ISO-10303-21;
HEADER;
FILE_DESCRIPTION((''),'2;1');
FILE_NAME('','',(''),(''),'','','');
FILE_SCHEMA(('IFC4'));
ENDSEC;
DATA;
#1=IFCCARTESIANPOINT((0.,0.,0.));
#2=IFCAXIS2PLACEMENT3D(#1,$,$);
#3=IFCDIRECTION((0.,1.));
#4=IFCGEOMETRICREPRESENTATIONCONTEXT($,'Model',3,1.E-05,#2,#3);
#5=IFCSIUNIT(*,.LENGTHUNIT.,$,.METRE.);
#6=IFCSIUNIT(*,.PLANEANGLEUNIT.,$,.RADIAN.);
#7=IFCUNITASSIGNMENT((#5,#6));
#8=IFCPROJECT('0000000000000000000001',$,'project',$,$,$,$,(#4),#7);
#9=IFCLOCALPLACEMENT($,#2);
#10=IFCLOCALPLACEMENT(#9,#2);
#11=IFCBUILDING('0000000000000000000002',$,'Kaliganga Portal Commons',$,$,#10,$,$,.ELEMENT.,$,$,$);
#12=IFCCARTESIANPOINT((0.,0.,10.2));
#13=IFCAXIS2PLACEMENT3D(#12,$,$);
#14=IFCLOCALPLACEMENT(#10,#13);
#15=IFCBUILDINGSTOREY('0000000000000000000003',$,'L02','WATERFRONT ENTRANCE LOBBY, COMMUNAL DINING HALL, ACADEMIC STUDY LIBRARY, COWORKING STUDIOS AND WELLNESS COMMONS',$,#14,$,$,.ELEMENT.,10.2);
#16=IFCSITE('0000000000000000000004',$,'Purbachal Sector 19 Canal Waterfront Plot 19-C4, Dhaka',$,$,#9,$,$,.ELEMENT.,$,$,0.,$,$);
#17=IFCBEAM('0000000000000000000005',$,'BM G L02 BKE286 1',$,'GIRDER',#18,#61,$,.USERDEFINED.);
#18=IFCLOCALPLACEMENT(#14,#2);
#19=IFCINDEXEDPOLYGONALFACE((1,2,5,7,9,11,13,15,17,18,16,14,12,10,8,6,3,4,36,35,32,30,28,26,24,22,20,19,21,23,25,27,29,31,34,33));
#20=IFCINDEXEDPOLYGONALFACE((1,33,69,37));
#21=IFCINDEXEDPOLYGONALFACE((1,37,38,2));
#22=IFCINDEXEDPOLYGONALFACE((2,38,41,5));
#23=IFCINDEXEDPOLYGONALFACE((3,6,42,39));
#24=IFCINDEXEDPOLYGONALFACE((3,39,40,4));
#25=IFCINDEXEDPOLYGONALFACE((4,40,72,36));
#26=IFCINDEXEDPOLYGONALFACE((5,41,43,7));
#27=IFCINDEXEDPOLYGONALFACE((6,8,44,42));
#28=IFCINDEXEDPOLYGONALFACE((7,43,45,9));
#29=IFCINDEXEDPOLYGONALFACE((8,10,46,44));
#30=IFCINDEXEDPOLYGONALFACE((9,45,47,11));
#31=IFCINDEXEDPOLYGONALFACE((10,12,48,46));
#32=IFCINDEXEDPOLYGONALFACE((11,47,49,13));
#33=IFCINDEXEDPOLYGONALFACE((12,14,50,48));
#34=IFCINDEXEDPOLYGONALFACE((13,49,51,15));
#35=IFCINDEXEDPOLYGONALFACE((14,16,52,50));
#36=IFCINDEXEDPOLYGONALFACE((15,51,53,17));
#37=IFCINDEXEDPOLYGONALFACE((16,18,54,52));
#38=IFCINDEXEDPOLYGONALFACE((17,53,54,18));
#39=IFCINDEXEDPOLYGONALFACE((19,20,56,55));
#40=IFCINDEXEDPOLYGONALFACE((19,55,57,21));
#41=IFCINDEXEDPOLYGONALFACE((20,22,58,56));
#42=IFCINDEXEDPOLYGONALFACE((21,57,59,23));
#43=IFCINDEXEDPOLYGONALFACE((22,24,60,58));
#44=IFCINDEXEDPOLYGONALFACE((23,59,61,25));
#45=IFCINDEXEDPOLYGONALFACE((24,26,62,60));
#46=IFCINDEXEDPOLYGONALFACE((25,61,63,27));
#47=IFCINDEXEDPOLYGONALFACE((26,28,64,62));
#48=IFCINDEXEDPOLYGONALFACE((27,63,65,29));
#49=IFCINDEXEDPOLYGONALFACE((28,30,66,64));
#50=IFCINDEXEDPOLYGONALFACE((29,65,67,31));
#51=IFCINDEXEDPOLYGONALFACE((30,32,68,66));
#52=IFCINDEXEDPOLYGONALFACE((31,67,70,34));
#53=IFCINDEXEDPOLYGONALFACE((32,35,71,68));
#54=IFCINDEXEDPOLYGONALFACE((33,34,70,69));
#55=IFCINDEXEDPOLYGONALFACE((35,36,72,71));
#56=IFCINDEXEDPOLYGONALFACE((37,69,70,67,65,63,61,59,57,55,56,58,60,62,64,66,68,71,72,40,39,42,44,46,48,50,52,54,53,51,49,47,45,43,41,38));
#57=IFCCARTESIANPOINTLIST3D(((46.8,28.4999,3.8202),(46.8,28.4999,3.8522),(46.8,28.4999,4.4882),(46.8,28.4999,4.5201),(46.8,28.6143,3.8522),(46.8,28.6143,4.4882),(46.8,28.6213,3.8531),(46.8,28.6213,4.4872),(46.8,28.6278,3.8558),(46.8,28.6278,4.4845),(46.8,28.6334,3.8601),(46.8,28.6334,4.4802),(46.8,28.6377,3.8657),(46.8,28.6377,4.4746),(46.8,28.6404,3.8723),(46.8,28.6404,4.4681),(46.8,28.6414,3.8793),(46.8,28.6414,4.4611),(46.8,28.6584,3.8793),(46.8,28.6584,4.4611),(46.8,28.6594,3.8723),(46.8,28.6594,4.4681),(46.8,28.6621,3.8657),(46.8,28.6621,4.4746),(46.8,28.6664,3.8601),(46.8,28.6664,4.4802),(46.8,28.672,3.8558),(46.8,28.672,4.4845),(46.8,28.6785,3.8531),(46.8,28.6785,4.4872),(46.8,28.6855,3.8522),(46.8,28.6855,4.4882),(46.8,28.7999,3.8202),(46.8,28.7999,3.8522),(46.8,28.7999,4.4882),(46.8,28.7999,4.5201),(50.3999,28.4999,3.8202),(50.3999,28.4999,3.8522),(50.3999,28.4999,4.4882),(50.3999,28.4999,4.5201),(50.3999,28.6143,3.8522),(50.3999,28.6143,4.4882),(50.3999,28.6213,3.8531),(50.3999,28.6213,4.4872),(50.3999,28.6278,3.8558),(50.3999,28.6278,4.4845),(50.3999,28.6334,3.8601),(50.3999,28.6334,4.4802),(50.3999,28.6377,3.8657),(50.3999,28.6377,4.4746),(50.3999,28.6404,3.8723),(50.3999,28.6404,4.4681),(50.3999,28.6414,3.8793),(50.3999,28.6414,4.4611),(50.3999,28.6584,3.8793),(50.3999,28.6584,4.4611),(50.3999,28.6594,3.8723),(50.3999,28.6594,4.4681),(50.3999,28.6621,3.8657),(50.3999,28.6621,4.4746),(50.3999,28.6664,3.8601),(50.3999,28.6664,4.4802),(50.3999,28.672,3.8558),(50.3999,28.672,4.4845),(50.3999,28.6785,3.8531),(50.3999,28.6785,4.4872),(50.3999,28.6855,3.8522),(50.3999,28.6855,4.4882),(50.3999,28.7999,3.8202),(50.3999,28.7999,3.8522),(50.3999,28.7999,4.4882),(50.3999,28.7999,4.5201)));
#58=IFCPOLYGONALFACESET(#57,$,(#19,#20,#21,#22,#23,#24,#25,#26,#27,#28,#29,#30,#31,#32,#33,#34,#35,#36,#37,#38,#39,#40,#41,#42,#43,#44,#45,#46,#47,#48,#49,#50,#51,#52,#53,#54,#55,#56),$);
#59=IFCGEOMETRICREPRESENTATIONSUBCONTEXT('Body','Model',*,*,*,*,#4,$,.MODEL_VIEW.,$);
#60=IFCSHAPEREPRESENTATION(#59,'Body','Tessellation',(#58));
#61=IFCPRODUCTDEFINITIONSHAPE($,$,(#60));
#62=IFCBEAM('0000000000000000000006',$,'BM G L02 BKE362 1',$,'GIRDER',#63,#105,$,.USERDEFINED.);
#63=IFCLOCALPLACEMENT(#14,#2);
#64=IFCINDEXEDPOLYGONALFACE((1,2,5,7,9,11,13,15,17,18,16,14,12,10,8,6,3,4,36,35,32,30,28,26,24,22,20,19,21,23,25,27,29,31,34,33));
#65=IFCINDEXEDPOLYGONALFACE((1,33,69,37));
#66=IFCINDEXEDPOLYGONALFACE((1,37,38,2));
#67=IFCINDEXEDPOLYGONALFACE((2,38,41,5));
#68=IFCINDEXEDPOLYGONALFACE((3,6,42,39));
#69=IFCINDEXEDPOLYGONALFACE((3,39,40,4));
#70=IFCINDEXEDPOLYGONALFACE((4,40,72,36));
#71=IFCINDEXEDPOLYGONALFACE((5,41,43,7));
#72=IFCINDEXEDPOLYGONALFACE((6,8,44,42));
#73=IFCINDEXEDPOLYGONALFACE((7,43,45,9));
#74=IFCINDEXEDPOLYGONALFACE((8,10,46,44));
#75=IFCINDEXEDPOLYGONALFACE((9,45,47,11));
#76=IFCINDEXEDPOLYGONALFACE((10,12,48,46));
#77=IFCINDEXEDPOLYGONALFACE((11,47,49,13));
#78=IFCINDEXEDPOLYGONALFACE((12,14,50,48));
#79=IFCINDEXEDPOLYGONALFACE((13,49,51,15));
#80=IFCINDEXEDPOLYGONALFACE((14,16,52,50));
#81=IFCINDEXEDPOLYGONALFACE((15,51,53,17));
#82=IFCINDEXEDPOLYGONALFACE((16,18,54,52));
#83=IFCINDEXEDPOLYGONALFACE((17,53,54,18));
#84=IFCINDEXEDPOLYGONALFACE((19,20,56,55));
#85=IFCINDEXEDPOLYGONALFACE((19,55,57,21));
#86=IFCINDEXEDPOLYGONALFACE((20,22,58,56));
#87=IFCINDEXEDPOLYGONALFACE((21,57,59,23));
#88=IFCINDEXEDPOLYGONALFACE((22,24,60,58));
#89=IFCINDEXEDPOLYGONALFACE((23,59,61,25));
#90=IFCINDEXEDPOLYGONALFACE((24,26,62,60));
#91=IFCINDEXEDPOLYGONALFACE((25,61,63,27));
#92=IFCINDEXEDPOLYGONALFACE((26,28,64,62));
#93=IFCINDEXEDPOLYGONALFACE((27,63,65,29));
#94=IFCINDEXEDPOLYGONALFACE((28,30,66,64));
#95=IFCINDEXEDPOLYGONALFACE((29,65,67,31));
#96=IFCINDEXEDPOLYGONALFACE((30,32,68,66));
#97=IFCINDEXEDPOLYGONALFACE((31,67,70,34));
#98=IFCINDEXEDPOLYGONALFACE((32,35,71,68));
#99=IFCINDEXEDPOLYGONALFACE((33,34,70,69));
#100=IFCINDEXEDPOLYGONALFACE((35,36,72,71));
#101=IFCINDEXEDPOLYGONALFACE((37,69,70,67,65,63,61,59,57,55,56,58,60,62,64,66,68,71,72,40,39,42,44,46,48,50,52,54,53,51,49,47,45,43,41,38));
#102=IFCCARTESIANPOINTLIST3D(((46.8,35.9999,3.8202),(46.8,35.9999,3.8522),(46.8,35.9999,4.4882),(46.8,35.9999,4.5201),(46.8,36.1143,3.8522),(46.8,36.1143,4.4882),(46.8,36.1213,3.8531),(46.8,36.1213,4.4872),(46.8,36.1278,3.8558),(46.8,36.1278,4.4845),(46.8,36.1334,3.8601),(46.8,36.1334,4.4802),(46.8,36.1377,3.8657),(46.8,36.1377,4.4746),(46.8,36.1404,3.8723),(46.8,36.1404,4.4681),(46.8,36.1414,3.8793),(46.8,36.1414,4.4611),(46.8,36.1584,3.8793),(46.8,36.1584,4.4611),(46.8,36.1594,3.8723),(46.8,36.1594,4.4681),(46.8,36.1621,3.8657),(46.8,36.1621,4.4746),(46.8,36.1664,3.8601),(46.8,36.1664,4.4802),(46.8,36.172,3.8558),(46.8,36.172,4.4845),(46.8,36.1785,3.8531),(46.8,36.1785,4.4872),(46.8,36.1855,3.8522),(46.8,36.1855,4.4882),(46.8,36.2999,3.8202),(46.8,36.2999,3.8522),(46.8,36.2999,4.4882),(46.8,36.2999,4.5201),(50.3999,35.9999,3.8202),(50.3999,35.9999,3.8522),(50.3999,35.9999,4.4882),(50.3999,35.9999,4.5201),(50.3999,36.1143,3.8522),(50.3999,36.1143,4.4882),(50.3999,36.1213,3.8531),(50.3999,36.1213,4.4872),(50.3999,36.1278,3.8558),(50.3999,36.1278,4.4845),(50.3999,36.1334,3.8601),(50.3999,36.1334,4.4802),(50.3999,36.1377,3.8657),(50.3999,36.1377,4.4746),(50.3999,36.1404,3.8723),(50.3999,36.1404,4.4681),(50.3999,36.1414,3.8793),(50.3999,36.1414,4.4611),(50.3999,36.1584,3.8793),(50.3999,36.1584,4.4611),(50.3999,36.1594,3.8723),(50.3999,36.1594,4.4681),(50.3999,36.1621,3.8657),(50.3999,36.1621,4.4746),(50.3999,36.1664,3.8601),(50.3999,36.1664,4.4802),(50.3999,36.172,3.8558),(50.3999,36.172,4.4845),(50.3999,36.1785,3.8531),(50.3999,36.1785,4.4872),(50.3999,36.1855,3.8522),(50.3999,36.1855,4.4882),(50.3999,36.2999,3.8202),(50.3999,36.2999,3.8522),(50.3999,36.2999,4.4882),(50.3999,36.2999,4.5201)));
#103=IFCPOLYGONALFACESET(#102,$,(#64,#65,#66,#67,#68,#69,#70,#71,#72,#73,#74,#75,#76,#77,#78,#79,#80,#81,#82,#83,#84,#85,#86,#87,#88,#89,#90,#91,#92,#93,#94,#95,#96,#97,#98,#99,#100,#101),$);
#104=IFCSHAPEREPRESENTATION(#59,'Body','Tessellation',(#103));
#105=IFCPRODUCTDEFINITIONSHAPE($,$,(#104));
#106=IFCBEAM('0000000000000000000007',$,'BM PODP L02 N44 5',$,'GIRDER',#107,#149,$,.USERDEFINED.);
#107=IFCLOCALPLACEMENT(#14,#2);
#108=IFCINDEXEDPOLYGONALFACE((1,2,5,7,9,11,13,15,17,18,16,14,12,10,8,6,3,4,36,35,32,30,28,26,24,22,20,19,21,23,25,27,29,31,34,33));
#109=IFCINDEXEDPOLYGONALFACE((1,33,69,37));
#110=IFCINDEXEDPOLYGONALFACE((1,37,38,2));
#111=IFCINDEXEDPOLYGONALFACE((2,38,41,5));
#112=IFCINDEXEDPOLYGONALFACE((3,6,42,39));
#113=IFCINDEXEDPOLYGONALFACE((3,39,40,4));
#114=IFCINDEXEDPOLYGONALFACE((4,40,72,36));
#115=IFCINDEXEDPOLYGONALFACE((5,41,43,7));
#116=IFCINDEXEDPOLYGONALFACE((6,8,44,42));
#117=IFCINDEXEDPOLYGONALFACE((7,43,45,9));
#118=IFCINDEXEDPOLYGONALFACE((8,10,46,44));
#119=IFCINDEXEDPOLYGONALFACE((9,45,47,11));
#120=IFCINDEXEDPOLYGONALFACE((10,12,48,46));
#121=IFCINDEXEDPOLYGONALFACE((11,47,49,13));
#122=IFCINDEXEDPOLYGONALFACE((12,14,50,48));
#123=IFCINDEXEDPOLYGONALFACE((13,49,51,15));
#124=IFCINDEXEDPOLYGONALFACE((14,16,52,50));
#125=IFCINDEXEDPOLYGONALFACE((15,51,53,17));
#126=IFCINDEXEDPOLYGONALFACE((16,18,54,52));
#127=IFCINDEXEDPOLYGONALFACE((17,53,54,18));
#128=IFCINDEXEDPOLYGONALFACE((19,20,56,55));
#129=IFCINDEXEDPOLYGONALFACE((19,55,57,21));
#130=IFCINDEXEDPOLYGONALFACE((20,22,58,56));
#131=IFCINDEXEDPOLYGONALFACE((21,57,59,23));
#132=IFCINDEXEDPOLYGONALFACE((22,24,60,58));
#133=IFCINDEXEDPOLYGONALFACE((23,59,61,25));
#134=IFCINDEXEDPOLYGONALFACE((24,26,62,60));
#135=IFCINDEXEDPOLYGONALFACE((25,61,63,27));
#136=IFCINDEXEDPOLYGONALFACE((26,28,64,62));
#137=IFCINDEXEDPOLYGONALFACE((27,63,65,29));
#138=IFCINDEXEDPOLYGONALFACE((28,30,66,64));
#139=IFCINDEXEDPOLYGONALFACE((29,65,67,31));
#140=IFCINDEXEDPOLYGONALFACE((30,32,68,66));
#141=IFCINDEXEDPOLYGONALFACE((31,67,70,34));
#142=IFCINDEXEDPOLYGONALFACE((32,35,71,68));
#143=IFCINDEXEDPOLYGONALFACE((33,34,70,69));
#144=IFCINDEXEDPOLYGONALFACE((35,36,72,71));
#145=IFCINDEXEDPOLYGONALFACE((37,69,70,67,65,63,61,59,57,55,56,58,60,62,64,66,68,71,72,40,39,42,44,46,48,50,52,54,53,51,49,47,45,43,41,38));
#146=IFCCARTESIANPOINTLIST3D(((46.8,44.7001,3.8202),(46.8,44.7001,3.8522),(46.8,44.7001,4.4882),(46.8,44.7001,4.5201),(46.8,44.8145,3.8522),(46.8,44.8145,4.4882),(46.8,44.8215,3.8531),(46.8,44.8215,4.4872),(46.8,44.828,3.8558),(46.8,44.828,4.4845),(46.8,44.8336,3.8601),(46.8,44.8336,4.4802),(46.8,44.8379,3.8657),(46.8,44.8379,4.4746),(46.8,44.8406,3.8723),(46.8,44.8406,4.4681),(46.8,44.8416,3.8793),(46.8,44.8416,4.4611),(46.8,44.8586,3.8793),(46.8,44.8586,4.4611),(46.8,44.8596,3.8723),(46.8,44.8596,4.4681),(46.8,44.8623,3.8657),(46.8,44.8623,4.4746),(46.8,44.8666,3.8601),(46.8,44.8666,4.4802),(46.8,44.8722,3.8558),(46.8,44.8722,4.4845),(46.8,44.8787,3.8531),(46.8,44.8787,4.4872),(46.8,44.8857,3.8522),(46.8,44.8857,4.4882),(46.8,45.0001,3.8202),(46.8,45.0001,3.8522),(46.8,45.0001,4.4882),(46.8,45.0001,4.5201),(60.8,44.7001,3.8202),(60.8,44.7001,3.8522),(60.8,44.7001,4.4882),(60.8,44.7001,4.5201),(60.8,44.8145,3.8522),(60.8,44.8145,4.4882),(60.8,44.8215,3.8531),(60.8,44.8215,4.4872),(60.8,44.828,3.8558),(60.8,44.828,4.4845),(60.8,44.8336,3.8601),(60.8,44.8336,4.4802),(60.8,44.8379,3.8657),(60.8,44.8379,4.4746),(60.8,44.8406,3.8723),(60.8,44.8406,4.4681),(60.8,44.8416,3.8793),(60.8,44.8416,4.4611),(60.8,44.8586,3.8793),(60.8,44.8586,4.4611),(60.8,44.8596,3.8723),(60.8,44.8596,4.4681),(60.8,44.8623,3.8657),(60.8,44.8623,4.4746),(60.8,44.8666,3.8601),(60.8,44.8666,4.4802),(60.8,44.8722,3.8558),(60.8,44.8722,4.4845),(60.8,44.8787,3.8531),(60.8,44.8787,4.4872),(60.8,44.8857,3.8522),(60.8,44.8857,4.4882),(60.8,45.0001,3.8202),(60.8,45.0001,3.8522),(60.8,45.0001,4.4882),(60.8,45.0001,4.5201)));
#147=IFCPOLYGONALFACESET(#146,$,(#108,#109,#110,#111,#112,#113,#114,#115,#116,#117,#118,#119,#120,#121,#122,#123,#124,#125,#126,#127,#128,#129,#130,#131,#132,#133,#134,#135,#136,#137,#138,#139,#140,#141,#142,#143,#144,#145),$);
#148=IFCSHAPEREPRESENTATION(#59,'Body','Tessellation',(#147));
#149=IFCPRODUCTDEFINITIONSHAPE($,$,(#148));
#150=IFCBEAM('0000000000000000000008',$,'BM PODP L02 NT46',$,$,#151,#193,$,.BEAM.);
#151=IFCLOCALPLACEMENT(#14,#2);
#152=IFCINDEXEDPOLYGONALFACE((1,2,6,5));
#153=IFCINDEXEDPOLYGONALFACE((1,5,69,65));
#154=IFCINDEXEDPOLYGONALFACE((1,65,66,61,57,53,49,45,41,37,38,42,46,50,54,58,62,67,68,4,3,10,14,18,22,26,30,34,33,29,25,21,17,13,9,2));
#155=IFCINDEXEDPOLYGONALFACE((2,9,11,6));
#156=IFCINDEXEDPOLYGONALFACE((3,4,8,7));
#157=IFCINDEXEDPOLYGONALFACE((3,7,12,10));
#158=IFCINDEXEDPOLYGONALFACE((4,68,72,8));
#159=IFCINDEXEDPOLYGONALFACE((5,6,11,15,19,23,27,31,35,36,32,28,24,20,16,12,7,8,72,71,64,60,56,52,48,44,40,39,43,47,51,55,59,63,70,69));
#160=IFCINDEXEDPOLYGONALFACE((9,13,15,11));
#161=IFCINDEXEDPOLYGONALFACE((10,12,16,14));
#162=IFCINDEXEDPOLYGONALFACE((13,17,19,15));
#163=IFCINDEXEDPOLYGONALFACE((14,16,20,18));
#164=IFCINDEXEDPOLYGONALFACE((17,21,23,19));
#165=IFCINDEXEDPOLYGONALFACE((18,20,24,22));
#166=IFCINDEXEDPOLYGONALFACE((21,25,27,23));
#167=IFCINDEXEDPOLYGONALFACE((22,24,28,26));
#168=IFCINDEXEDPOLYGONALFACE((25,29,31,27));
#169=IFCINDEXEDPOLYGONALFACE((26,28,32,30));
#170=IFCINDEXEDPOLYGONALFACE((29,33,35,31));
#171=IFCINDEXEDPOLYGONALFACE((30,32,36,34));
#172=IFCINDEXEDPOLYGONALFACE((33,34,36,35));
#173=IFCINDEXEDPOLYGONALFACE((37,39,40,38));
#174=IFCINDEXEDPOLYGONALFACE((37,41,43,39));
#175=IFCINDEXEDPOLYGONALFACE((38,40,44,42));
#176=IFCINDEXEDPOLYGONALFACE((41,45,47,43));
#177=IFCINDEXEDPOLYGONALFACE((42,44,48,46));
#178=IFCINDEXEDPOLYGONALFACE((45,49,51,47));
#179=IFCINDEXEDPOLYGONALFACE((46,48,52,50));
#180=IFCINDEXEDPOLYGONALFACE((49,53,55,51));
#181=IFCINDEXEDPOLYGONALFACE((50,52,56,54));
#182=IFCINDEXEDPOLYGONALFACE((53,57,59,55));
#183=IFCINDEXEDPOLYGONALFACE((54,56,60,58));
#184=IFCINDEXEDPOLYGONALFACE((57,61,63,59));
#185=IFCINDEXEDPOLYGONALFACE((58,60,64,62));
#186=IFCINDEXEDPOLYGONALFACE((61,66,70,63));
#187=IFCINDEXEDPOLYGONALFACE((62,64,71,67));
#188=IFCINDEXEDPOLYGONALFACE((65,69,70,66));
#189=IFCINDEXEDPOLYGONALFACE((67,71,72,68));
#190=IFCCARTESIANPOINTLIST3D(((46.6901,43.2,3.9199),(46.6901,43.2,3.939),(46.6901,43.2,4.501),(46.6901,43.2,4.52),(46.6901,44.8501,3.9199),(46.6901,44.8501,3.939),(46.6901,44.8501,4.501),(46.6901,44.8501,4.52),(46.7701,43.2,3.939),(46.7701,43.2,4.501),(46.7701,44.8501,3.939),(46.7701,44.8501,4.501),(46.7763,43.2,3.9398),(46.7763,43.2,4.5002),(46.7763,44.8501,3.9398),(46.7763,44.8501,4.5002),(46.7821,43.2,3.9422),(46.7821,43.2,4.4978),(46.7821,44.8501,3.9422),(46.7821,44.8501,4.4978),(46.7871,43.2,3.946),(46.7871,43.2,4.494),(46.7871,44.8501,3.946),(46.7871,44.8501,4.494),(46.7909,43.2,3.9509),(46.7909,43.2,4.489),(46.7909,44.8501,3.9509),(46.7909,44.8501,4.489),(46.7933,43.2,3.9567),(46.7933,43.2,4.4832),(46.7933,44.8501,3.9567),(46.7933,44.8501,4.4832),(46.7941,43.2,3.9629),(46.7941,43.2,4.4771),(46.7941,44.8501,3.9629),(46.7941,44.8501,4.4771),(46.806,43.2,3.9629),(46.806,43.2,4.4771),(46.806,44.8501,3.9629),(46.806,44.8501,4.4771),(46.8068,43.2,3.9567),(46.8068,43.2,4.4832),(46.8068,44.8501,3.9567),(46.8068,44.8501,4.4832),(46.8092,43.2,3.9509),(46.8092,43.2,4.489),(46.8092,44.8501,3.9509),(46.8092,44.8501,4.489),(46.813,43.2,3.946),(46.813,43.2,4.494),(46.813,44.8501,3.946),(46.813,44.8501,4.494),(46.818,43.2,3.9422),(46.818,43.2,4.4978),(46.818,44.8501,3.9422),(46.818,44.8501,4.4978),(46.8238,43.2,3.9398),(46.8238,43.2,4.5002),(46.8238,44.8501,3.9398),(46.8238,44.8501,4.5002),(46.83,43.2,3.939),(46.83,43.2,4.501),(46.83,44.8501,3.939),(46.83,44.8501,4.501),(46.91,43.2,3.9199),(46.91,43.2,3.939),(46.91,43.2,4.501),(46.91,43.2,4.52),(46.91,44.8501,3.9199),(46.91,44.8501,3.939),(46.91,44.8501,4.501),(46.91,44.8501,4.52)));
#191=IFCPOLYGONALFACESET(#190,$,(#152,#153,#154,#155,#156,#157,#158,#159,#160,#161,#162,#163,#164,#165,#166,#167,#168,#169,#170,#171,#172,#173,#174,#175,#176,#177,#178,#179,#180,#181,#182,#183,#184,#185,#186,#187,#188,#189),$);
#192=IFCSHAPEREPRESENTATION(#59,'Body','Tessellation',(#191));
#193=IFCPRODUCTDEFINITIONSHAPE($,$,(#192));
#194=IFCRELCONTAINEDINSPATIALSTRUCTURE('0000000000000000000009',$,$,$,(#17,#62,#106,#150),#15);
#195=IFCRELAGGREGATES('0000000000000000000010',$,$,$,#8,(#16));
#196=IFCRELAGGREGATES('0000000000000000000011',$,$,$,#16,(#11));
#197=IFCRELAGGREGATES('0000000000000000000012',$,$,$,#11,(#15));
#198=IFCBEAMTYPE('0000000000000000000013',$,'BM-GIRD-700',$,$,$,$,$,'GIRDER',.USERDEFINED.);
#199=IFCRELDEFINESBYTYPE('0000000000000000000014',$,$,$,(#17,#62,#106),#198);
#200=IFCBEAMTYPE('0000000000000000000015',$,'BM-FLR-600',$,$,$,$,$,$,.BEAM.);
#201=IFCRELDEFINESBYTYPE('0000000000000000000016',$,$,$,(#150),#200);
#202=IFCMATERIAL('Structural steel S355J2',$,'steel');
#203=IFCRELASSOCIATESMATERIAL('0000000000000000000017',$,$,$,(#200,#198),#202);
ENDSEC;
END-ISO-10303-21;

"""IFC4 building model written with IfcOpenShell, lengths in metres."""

from ifc_helpers import new_model, si_unit, direction, frame, origin, origin_2d, place, context, subcontext, project, spatial, i_section, extrude, source, transform, mapped, material, material_profile, profile_set, type_object, element, save


model = new_model("IFC4")

# Units and contexts
model_context = context("Model", 3, precision=1e-05, world=origin(), true_north=direction((0.0, 1.0)))
body_context = subcontext(model_context, "Body", "Model", "MODEL_VIEW")
ifc_project = project(units=[si_unit("LENGTHUNIT", "METRE"), si_unit("PLANEANGLEUNIT", "RADIAN")], contexts=[model_context])

# Site, building, storey
site_placement = place(None, origin())
site = spatial("IfcSite", under=ifc_project, at=site_placement, Name="Purbachal Sector 19 Canal Waterfront Plot 19-C4, Dhaka", CompositionType="ELEMENT", RefElevation=0.0)
building_placement = place(site_placement, origin())
building = spatial("IfcBuilding", under=site, at=building_placement, Name="Kaliganga Portal Commons", CompositionType="ELEMENT")
storey_placement = place(building_placement, frame((0.0, 0.0, 10.2)))
storey = spatial("IfcBuildingStorey", under=building, at=storey_placement, Name="L02", Description="WATERFRONT ENTRANCE LOBBY, COMMUNAL DINING HALL, ACADEMIC STUDY LIBRARY, COWORKING STUDIOS AND WELLNESS COMMONS", CompositionType="ELEMENT", Elevation=10.2)

# Beams
ifc_material_1 = material(Name="Structural steel S355J2", Category="steel")
ifc_material_profile_1 = material_profile(ifc_material_1, i_section(OverallWidth=0.22, OverallDepth=0.6001, WebThickness=0.012, FlangeThickness=0.019, FilletRadius=0.0239, at=origin_2d()), Name="IPE 600")
ifc_profile_set_1 = profile_set([ifc_material_profile_1], Name="Structural steel S355J2 wide-flange")
beam_type_1 = type_object("IfcBeamType", Name="BM-FLR-600", PredefinedType="BEAM", material=ifc_profile_set_1)
ifc_material_profile_2 = material_profile(ifc_material_1, i_section(OverallWidth=0.3, OverallDepth=0.7, WebThickness=0.0171, FlangeThickness=0.032, FilletRadius=0.0271, at=origin_2d()), Name="HE 700 B")
ifc_profile_set_2 = profile_set([ifc_material_profile_2], Name="Structural steel S355J2 wide-flange")
beam_type_2 = type_object("IfcBeamType", Name="BM-GIRD-700", ElementType="GIRDER", PredefinedType="USERDEFINED", material=ifc_profile_set_2)
shared_shape_1 = source(origin(), body_context, "Body", "SweptSolid", [
    extrude(i_section(OverallWidth=0.3, OverallDepth=0.7, WebThickness=0.0171, FlangeThickness=0.032, FilletRadius=0.0271, at=origin_2d()), origin(), (0.0, 0.0, 1.0), 3.5999),
])
for number, where, z_axis, x_axis, name in (
    (1, (46.8, 28.6499, 4.1702), (1.0, 0.0, 0.0), (0.0, 1.0, 0.0), "BM G L02 BKE286 1"),
    (2, (46.8, 36.1499, 4.1702), (1.0, 0.0, 0.0), (0.0, 1.0, 0.0), "BM G L02 BKE362 1"),
):
    element("IfcBeam", number, at=place(storey_placement, frame(where, z_axis=z_axis, x_axis=x_axis)), inside=storey, type_object=beam_type_2, Name=name, ObjectType="GIRDER", PredefinedType="USERDEFINED", context=body_context, shape_type="MappedRepresentation", body=[
        mapped(shared_shape_1, transform((0.0, 0.0, 0.0), x_axis=(1.0, 0.0, 0.0), y_axis=(0.0, 1.0, 0.0), z_axis=(0.0, 0.0, 1.0), scale=1.0)),
    ])
shared_shape_2 = source(origin(), body_context, "Body", "SweptSolid", [
    extrude(i_section(OverallWidth=0.3, OverallDepth=0.7, WebThickness=0.0171, FlangeThickness=0.032, FilletRadius=0.0271, at=origin_2d()), origin(), (0.0, 0.0, 1.0), 14.0),
])
beam_1_placement = place(storey_placement, frame((46.8, 44.8501, 4.1702), z_axis=(1.0, 0.0, 0.0), x_axis=(0.0, 1.0, 0.0)))
element("IfcBeam", 3, at=beam_1_placement, inside=storey, type_object=beam_type_2, Name="BM PODP L02 N44 5", ObjectType="GIRDER", PredefinedType="USERDEFINED", context=body_context, shape_type="MappedRepresentation", body=[
    mapped(shared_shape_2, transform((0.0, 0.0, 0.0), x_axis=(1.0, 0.0, 0.0), y_axis=(0.0, 1.0, 0.0), z_axis=(0.0, 0.0, 1.0), scale=1.0)),
])
shared_shape_3 = source(origin(), body_context, "Body", "SweptSolid", [
    extrude(i_section(OverallWidth=0.22, OverallDepth=0.6001, WebThickness=0.012, FlangeThickness=0.019, FilletRadius=0.0239, at=origin_2d()), origin(), (0.0, 0.0, 1.0), 1.6501),
])
beam_2_placement = place(storey_placement, frame((46.8, 43.2, 4.22), z_axis=(0.0, 1.0, 0.0), x_axis=(-1.0, 0.0, 0.0)))
element("IfcBeam", 4, at=beam_2_placement, inside=storey, type_object=beam_type_1, Name="BM PODP L02 NT46", PredefinedType="BEAM", context=body_context, shape_type="MappedRepresentation", body=[
    mapped(shared_shape_3, transform((0.0, 0.0, 0.0), x_axis=(1.0, 0.0, 0.0), y_axis=(0.0, 1.0, 0.0), z_axis=(0.0, 0.0, 1.0), scale=1.0)),
])

save(model, "model.ifc")
